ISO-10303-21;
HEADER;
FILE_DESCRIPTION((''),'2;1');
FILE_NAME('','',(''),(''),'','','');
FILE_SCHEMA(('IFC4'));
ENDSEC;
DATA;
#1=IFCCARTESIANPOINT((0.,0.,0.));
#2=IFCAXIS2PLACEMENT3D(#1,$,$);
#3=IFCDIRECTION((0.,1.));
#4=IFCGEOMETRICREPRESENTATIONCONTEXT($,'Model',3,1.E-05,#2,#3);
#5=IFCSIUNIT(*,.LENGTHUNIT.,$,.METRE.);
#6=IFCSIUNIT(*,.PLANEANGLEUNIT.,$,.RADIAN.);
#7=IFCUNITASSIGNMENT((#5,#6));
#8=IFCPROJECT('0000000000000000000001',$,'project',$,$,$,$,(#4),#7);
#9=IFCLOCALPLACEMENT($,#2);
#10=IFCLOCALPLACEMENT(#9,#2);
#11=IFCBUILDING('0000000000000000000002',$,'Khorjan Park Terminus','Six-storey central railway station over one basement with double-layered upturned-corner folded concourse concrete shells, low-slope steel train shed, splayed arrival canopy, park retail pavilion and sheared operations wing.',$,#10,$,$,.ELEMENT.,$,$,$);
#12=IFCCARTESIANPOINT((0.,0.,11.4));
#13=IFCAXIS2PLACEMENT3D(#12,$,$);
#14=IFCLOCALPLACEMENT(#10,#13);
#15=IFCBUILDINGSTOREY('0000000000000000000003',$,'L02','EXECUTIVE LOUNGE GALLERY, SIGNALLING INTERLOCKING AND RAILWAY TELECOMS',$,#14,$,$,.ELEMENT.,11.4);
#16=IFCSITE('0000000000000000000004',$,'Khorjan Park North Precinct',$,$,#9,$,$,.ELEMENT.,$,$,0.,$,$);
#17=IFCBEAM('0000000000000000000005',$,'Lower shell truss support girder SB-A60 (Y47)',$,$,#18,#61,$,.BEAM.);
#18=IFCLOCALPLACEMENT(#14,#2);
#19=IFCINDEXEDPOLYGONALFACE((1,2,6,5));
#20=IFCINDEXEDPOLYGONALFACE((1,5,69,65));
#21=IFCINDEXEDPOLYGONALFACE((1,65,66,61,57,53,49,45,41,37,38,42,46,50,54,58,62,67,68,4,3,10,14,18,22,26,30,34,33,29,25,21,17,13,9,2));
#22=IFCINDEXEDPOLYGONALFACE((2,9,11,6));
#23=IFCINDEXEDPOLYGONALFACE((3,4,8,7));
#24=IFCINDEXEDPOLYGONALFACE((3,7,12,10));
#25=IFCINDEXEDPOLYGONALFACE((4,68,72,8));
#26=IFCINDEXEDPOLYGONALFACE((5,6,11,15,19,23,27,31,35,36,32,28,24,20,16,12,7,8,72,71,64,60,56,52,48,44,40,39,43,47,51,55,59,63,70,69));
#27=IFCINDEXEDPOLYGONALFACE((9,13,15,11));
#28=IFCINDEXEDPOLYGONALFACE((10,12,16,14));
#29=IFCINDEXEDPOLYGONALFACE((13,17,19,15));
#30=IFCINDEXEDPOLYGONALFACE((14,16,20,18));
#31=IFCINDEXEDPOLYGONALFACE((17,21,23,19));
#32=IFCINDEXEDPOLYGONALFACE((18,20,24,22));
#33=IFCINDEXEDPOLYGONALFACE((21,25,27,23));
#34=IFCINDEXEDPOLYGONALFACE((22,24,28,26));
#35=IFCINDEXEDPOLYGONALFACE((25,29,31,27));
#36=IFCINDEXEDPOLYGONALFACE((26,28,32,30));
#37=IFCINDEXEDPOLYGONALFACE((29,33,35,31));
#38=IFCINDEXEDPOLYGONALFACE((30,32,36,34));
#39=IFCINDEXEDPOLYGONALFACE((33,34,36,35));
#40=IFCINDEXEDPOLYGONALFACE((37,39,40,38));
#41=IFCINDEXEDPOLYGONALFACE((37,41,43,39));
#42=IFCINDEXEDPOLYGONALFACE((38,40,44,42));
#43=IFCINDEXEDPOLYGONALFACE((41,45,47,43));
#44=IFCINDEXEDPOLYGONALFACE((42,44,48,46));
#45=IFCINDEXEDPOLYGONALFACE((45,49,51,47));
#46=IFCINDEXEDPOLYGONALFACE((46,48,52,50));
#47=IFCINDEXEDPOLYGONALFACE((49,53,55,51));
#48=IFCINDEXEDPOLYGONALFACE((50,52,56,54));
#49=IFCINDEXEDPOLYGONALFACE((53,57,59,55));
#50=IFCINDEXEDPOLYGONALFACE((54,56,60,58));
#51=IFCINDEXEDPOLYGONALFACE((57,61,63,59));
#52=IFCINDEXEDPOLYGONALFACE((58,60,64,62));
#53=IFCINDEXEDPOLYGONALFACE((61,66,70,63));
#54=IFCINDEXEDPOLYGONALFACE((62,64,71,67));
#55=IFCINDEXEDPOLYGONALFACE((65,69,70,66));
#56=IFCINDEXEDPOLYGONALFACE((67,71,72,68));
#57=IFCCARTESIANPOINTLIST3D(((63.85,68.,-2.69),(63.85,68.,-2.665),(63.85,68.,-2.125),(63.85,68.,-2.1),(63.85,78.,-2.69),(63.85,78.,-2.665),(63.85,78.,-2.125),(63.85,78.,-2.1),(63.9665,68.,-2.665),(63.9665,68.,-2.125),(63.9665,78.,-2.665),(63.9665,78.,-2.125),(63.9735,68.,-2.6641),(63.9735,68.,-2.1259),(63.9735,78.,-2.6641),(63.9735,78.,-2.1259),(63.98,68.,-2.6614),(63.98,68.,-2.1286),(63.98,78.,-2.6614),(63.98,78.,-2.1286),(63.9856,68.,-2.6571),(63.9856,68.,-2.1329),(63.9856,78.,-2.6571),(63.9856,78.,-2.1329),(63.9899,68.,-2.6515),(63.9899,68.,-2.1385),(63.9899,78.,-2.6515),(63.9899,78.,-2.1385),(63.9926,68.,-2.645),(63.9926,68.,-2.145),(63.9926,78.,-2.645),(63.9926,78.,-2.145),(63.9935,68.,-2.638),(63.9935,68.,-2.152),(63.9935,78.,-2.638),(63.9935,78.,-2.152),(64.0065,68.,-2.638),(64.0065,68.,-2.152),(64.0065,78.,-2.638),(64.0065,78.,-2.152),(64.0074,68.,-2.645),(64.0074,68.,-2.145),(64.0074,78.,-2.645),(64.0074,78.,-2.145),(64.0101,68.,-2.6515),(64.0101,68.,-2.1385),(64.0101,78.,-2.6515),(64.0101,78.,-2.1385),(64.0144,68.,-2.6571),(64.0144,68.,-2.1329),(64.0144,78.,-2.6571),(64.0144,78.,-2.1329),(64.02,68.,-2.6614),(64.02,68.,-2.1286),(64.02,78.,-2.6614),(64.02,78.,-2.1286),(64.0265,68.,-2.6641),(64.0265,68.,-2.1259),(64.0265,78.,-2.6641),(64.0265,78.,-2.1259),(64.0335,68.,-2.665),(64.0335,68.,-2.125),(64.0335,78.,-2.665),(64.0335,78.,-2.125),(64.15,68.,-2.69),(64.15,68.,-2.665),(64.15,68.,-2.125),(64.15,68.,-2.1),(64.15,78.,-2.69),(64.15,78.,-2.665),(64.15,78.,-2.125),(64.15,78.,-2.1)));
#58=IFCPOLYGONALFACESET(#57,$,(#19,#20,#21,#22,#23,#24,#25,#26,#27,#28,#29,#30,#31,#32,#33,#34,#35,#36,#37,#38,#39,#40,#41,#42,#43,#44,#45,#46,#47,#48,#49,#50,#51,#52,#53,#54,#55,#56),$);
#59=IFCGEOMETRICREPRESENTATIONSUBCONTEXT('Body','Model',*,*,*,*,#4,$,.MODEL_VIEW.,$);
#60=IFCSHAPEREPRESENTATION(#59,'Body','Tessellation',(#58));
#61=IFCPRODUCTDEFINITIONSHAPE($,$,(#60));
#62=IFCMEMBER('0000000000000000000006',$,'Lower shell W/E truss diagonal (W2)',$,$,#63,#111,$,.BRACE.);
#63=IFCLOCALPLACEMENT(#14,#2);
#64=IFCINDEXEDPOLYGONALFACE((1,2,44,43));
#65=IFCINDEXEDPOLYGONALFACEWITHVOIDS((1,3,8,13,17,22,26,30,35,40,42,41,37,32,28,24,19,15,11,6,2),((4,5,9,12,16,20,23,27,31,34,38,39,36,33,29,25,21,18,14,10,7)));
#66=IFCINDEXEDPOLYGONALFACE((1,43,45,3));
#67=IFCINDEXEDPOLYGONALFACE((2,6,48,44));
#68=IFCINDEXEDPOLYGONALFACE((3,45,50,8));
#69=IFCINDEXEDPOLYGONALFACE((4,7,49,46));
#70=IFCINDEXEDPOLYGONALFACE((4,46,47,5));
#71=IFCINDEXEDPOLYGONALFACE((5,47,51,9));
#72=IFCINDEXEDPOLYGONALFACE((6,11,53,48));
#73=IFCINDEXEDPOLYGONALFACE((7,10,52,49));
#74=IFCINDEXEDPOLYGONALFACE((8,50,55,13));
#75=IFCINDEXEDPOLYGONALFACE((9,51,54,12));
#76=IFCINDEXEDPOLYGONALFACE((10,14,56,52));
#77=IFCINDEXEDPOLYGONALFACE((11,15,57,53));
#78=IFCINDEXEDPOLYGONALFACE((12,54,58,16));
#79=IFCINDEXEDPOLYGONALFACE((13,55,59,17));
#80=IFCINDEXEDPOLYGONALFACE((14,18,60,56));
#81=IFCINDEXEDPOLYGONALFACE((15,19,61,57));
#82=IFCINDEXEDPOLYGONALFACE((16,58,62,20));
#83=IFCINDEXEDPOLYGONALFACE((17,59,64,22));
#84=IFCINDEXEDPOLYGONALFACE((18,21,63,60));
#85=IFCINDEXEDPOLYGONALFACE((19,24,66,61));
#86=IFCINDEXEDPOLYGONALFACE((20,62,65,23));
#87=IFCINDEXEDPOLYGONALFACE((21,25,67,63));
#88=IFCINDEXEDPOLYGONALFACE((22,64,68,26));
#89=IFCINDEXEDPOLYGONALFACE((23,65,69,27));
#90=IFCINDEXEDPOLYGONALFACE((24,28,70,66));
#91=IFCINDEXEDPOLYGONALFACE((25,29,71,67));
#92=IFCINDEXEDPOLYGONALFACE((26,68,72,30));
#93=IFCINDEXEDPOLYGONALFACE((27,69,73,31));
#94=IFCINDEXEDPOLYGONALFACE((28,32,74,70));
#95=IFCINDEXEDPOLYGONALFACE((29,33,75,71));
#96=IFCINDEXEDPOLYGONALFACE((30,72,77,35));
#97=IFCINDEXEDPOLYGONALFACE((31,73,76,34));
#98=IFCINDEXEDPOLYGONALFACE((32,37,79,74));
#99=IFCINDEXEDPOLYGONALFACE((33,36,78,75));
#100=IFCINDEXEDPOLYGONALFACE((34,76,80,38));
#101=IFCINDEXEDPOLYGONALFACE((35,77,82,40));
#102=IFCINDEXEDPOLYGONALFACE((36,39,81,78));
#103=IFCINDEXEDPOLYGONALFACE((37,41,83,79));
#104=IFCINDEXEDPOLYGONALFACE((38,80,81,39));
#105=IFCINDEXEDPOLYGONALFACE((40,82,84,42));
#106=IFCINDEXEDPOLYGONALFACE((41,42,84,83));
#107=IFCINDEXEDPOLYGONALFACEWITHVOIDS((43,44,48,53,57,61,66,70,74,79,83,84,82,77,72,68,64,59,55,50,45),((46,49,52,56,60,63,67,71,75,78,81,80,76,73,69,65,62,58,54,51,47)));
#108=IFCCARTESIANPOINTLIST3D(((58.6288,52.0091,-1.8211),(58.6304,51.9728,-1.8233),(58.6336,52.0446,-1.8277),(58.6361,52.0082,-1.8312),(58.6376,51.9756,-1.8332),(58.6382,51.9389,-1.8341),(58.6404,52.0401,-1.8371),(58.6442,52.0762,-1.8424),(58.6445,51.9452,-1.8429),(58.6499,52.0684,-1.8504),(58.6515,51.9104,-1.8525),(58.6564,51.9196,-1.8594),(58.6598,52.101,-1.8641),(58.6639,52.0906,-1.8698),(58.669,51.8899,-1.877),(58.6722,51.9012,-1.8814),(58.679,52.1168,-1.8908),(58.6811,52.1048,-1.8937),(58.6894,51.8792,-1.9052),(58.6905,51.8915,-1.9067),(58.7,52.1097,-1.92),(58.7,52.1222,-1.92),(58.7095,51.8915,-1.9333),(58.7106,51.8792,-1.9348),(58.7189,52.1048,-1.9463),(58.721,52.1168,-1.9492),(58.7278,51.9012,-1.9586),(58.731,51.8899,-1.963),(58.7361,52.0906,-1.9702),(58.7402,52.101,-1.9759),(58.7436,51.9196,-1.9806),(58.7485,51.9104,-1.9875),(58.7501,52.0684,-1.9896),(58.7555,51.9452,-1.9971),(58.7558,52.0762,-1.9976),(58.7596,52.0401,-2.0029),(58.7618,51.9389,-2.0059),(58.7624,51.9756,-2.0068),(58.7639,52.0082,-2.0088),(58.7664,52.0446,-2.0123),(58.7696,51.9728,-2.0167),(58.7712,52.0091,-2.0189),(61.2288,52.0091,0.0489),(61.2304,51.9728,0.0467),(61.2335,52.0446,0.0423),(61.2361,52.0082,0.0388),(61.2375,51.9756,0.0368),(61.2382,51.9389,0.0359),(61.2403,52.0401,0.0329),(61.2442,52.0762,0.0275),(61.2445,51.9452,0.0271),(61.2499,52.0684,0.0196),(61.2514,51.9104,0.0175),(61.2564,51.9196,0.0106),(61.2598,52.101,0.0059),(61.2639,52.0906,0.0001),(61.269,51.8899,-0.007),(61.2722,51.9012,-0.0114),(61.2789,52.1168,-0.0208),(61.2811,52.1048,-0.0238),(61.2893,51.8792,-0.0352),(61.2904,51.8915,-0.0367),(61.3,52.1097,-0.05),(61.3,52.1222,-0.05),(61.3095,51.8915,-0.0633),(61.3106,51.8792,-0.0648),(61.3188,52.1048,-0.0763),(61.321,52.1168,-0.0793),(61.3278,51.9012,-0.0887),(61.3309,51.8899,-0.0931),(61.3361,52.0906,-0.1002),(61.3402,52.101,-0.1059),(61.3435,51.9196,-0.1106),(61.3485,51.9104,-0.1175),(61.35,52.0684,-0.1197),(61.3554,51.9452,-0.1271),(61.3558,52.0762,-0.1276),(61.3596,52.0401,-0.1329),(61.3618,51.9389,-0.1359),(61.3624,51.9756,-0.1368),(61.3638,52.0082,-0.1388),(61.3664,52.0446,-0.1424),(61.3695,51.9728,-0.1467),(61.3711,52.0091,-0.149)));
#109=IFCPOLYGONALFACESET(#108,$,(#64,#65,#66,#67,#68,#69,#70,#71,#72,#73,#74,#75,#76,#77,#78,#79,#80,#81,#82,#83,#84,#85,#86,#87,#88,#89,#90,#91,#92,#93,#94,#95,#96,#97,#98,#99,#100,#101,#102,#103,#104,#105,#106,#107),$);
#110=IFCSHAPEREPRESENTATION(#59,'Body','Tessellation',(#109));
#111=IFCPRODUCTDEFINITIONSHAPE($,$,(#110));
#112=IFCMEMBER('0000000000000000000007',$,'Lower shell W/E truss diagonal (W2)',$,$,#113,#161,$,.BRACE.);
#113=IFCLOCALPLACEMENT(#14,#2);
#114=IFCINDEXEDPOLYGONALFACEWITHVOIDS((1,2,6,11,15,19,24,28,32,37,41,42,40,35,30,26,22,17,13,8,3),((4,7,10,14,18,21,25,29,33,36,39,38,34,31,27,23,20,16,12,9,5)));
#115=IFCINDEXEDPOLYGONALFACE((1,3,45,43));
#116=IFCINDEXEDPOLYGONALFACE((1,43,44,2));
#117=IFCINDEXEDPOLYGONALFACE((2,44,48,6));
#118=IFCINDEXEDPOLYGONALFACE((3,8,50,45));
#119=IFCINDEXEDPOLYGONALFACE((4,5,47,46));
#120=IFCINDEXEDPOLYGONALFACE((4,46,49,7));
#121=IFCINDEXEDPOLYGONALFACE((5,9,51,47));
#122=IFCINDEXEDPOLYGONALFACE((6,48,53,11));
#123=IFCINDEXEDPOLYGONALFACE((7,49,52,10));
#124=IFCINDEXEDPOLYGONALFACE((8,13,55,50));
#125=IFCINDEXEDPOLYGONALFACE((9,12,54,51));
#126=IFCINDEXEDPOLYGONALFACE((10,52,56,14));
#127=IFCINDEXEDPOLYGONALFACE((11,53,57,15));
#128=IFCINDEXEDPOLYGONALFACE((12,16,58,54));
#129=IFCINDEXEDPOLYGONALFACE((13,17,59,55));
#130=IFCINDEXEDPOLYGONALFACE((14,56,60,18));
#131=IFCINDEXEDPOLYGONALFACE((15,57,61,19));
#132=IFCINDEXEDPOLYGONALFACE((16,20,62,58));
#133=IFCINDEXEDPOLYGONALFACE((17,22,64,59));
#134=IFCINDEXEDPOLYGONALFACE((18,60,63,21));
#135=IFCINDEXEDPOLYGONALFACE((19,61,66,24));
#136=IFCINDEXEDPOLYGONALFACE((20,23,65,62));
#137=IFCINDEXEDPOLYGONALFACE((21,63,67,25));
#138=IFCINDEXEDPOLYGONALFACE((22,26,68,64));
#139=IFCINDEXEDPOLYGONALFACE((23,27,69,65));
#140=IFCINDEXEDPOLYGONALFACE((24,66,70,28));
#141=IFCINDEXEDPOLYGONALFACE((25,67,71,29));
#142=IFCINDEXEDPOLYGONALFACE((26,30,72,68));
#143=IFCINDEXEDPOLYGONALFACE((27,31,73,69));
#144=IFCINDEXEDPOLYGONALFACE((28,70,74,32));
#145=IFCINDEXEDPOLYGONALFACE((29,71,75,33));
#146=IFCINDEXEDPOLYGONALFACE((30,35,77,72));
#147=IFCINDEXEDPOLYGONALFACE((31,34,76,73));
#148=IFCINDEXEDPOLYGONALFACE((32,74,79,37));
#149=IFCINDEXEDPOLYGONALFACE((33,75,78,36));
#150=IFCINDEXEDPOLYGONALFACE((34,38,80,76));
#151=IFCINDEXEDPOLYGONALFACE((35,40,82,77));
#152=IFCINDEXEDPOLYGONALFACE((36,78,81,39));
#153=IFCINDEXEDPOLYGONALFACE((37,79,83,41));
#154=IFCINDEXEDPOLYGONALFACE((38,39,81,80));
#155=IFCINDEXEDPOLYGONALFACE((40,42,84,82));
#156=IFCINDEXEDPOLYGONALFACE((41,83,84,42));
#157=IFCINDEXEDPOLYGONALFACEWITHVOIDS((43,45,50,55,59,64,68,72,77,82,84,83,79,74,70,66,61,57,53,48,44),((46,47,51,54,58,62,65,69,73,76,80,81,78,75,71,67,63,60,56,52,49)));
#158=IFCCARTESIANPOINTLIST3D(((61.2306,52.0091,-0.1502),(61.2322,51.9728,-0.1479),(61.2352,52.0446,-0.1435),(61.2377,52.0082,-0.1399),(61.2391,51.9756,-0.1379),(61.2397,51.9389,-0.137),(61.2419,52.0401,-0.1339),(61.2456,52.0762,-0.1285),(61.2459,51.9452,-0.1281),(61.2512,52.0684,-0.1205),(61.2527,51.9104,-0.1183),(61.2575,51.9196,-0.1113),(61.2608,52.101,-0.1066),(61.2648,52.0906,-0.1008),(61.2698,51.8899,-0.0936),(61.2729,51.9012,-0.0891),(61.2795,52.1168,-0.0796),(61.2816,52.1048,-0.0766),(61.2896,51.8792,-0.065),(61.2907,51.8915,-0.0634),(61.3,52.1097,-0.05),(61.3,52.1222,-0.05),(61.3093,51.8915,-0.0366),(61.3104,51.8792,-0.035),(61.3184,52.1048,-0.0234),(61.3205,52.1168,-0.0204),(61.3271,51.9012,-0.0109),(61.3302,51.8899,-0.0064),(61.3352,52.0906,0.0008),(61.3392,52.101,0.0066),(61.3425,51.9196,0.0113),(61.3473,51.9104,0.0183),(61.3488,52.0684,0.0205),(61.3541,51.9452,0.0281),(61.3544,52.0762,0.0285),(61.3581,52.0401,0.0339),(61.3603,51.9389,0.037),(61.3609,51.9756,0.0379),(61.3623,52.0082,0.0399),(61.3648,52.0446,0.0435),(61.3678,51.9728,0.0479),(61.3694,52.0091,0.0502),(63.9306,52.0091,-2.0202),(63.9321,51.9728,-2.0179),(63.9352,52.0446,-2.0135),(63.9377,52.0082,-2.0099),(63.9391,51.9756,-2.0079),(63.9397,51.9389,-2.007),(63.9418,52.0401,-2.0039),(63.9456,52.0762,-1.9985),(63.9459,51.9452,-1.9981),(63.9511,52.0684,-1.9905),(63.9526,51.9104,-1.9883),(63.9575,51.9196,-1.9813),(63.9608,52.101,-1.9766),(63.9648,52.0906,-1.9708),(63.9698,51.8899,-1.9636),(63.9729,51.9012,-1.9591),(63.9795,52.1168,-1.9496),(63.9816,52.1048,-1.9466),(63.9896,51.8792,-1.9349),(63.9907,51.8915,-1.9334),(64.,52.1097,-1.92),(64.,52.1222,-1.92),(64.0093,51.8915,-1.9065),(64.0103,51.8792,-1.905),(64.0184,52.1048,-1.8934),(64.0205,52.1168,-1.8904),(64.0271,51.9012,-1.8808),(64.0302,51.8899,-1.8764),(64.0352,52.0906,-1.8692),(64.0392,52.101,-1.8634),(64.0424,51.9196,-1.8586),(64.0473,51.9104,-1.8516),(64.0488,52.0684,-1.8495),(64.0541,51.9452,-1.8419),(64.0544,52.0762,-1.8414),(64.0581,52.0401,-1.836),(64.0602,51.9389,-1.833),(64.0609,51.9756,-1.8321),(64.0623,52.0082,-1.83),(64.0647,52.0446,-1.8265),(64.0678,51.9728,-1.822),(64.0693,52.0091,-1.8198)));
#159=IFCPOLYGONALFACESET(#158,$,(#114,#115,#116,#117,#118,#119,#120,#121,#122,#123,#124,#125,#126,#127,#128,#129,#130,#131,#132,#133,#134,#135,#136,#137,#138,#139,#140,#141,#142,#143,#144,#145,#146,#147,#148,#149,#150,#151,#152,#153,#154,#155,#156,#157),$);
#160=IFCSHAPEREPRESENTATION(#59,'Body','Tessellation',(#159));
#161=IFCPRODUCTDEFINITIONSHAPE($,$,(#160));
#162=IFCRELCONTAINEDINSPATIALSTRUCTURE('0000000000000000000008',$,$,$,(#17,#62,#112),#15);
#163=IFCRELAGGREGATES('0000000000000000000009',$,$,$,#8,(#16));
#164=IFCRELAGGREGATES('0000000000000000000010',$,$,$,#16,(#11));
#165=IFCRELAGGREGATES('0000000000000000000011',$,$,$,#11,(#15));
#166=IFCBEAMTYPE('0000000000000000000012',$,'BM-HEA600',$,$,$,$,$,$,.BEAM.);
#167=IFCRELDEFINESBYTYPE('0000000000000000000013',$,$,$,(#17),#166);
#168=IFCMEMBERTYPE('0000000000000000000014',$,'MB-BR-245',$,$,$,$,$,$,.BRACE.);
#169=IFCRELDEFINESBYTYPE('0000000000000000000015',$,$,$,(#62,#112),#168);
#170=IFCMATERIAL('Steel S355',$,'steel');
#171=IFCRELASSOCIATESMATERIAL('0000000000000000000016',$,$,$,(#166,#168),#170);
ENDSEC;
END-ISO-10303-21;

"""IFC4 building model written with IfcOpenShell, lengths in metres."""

from ifc_helpers import new_model, si_unit, direction, frame, origin, origin_2d, place, context, subcontext, project, spatial, hollow_circle, i_section, extrude, material, material_profile, profile_set, type_object, element, save


model = new_model("IFC4")

# Units and contexts
model_context = context("Model", 3, precision=1e-05, world=origin(), true_north=direction((0.0, 1.0)))
body_context = subcontext(model_context, "Body", "Model", "MODEL_VIEW")
ifc_project = project(units=[si_unit("LENGTHUNIT", "METRE"), si_unit("PLANEANGLEUNIT", "RADIAN")], contexts=[model_context])

# Site, building, storey
site_placement = place(None, origin())
site = spatial("IfcSite", under=ifc_project, at=site_placement, Name="Khorjan Park North Precinct", CompositionType="ELEMENT", RefElevation=0.0)
building_placement = place(site_placement, origin())
building = spatial("IfcBuilding", under=site, at=building_placement, Name="Khorjan Park Terminus", Description="Six-storey central railway station over one basement with double-layered upturned-corner folded concourse concrete shells, low-slope steel train shed, splayed arrival canopy, park retail pavilion and sheared operations wing.", CompositionType="ELEMENT")
storey_placement = place(building_placement, frame((0.0, 0.0, 11.4)))
storey = spatial("IfcBuildingStorey", under=building, at=storey_placement, Name="L02", Description="EXECUTIVE LOUNGE GALLERY, SIGNALLING INTERLOCKING AND RAILWAY TELECOMS", CompositionType="ELEMENT", Elevation=11.4)

# Beam
ifc_material = material(Name="Steel S355", Category="steel")
ifc_material_profile_1 = material_profile(ifc_material, i_section(OverallWidth=0.3, OverallDepth=0.59, WebThickness=0.013, FlangeThickness=0.025, FilletRadius=0.027, at=origin_2d()), Name="HEA 600")
ifc_profile_set_1 = profile_set([ifc_material_profile_1], Name="Steel S355")
beam_type = type_object("IfcBeamType", Name="BM-HEA600", PredefinedType="BEAM", material=ifc_profile_set_1)
beam_placement = place(storey_placement, frame((64.0, 68.0, -2.395), z_axis=(0.0, 1.0, 0.0), x_axis=(-1.0, 0.0, 0.0)))
element("IfcBeam", 1, at=beam_placement, inside=storey, type_object=beam_type, Name="Lower shell truss support girder SB-A60 (Y47)", PredefinedType="BEAM", context=body_context, shape_type="SweptSolid", body=[
    extrude(i_section(OverallWidth=0.3, OverallDepth=0.59, WebThickness=0.013, FlangeThickness=0.025, FilletRadius=0.027, at=origin_2d()), origin(), (0.0, 0.0, 1.0), 10.0),
])

# Members
ifc_material_profile_2 = material_profile(ifc_material, hollow_circle(Radius=0.1222, WallThickness=0.0125, at=origin_2d()), Name="CHS 244.5x12.5")
ifc_profile_set_2 = profile_set([ifc_material_profile_2], Name="Steel S355")
member_type_1 = type_object("IfcMemberType", Name="MB-BR-245", PredefinedType="BRACE", material=ifc_profile_set_2)
member_1_placement = place(storey_placement, frame((58.7, 52.0, -1.92), z_axis=(0.81183, 0.0, 0.583893), x_axis=(0.0, 1.0, 0.0)))
element("IfcMember", 2, at=member_1_placement, inside=storey, type_object=member_type_1, Name="Lower shell W/E truss diagonal (W2)", PredefinedType="BRACE", context=body_context, shape_type="SweptSolid", body=[
    extrude(hollow_circle(Radius=0.1222, WallThickness=0.0125, at=origin_2d()), origin(), (0.0, 0.0, 1.0), 3.2026),
])
member_2_placement = place(storey_placement, frame((61.3, 52.0, -0.05), z_axis=(0.822083, 0.0, -0.569368), x_axis=(0.0, 1.0, 0.0)))
element("IfcMember", 3, at=member_2_placement, inside=storey, type_object=member_type_1, Name="Lower shell W/E truss diagonal (W2)", PredefinedType="BRACE", context=body_context, shape_type="SweptSolid", body=[
    extrude(hollow_circle(Radius=0.1222, WallThickness=0.0125, at=origin_2d()), origin(), (0.0, 0.0, 1.0), 3.2843),
])

save(model, "model.ifc")
